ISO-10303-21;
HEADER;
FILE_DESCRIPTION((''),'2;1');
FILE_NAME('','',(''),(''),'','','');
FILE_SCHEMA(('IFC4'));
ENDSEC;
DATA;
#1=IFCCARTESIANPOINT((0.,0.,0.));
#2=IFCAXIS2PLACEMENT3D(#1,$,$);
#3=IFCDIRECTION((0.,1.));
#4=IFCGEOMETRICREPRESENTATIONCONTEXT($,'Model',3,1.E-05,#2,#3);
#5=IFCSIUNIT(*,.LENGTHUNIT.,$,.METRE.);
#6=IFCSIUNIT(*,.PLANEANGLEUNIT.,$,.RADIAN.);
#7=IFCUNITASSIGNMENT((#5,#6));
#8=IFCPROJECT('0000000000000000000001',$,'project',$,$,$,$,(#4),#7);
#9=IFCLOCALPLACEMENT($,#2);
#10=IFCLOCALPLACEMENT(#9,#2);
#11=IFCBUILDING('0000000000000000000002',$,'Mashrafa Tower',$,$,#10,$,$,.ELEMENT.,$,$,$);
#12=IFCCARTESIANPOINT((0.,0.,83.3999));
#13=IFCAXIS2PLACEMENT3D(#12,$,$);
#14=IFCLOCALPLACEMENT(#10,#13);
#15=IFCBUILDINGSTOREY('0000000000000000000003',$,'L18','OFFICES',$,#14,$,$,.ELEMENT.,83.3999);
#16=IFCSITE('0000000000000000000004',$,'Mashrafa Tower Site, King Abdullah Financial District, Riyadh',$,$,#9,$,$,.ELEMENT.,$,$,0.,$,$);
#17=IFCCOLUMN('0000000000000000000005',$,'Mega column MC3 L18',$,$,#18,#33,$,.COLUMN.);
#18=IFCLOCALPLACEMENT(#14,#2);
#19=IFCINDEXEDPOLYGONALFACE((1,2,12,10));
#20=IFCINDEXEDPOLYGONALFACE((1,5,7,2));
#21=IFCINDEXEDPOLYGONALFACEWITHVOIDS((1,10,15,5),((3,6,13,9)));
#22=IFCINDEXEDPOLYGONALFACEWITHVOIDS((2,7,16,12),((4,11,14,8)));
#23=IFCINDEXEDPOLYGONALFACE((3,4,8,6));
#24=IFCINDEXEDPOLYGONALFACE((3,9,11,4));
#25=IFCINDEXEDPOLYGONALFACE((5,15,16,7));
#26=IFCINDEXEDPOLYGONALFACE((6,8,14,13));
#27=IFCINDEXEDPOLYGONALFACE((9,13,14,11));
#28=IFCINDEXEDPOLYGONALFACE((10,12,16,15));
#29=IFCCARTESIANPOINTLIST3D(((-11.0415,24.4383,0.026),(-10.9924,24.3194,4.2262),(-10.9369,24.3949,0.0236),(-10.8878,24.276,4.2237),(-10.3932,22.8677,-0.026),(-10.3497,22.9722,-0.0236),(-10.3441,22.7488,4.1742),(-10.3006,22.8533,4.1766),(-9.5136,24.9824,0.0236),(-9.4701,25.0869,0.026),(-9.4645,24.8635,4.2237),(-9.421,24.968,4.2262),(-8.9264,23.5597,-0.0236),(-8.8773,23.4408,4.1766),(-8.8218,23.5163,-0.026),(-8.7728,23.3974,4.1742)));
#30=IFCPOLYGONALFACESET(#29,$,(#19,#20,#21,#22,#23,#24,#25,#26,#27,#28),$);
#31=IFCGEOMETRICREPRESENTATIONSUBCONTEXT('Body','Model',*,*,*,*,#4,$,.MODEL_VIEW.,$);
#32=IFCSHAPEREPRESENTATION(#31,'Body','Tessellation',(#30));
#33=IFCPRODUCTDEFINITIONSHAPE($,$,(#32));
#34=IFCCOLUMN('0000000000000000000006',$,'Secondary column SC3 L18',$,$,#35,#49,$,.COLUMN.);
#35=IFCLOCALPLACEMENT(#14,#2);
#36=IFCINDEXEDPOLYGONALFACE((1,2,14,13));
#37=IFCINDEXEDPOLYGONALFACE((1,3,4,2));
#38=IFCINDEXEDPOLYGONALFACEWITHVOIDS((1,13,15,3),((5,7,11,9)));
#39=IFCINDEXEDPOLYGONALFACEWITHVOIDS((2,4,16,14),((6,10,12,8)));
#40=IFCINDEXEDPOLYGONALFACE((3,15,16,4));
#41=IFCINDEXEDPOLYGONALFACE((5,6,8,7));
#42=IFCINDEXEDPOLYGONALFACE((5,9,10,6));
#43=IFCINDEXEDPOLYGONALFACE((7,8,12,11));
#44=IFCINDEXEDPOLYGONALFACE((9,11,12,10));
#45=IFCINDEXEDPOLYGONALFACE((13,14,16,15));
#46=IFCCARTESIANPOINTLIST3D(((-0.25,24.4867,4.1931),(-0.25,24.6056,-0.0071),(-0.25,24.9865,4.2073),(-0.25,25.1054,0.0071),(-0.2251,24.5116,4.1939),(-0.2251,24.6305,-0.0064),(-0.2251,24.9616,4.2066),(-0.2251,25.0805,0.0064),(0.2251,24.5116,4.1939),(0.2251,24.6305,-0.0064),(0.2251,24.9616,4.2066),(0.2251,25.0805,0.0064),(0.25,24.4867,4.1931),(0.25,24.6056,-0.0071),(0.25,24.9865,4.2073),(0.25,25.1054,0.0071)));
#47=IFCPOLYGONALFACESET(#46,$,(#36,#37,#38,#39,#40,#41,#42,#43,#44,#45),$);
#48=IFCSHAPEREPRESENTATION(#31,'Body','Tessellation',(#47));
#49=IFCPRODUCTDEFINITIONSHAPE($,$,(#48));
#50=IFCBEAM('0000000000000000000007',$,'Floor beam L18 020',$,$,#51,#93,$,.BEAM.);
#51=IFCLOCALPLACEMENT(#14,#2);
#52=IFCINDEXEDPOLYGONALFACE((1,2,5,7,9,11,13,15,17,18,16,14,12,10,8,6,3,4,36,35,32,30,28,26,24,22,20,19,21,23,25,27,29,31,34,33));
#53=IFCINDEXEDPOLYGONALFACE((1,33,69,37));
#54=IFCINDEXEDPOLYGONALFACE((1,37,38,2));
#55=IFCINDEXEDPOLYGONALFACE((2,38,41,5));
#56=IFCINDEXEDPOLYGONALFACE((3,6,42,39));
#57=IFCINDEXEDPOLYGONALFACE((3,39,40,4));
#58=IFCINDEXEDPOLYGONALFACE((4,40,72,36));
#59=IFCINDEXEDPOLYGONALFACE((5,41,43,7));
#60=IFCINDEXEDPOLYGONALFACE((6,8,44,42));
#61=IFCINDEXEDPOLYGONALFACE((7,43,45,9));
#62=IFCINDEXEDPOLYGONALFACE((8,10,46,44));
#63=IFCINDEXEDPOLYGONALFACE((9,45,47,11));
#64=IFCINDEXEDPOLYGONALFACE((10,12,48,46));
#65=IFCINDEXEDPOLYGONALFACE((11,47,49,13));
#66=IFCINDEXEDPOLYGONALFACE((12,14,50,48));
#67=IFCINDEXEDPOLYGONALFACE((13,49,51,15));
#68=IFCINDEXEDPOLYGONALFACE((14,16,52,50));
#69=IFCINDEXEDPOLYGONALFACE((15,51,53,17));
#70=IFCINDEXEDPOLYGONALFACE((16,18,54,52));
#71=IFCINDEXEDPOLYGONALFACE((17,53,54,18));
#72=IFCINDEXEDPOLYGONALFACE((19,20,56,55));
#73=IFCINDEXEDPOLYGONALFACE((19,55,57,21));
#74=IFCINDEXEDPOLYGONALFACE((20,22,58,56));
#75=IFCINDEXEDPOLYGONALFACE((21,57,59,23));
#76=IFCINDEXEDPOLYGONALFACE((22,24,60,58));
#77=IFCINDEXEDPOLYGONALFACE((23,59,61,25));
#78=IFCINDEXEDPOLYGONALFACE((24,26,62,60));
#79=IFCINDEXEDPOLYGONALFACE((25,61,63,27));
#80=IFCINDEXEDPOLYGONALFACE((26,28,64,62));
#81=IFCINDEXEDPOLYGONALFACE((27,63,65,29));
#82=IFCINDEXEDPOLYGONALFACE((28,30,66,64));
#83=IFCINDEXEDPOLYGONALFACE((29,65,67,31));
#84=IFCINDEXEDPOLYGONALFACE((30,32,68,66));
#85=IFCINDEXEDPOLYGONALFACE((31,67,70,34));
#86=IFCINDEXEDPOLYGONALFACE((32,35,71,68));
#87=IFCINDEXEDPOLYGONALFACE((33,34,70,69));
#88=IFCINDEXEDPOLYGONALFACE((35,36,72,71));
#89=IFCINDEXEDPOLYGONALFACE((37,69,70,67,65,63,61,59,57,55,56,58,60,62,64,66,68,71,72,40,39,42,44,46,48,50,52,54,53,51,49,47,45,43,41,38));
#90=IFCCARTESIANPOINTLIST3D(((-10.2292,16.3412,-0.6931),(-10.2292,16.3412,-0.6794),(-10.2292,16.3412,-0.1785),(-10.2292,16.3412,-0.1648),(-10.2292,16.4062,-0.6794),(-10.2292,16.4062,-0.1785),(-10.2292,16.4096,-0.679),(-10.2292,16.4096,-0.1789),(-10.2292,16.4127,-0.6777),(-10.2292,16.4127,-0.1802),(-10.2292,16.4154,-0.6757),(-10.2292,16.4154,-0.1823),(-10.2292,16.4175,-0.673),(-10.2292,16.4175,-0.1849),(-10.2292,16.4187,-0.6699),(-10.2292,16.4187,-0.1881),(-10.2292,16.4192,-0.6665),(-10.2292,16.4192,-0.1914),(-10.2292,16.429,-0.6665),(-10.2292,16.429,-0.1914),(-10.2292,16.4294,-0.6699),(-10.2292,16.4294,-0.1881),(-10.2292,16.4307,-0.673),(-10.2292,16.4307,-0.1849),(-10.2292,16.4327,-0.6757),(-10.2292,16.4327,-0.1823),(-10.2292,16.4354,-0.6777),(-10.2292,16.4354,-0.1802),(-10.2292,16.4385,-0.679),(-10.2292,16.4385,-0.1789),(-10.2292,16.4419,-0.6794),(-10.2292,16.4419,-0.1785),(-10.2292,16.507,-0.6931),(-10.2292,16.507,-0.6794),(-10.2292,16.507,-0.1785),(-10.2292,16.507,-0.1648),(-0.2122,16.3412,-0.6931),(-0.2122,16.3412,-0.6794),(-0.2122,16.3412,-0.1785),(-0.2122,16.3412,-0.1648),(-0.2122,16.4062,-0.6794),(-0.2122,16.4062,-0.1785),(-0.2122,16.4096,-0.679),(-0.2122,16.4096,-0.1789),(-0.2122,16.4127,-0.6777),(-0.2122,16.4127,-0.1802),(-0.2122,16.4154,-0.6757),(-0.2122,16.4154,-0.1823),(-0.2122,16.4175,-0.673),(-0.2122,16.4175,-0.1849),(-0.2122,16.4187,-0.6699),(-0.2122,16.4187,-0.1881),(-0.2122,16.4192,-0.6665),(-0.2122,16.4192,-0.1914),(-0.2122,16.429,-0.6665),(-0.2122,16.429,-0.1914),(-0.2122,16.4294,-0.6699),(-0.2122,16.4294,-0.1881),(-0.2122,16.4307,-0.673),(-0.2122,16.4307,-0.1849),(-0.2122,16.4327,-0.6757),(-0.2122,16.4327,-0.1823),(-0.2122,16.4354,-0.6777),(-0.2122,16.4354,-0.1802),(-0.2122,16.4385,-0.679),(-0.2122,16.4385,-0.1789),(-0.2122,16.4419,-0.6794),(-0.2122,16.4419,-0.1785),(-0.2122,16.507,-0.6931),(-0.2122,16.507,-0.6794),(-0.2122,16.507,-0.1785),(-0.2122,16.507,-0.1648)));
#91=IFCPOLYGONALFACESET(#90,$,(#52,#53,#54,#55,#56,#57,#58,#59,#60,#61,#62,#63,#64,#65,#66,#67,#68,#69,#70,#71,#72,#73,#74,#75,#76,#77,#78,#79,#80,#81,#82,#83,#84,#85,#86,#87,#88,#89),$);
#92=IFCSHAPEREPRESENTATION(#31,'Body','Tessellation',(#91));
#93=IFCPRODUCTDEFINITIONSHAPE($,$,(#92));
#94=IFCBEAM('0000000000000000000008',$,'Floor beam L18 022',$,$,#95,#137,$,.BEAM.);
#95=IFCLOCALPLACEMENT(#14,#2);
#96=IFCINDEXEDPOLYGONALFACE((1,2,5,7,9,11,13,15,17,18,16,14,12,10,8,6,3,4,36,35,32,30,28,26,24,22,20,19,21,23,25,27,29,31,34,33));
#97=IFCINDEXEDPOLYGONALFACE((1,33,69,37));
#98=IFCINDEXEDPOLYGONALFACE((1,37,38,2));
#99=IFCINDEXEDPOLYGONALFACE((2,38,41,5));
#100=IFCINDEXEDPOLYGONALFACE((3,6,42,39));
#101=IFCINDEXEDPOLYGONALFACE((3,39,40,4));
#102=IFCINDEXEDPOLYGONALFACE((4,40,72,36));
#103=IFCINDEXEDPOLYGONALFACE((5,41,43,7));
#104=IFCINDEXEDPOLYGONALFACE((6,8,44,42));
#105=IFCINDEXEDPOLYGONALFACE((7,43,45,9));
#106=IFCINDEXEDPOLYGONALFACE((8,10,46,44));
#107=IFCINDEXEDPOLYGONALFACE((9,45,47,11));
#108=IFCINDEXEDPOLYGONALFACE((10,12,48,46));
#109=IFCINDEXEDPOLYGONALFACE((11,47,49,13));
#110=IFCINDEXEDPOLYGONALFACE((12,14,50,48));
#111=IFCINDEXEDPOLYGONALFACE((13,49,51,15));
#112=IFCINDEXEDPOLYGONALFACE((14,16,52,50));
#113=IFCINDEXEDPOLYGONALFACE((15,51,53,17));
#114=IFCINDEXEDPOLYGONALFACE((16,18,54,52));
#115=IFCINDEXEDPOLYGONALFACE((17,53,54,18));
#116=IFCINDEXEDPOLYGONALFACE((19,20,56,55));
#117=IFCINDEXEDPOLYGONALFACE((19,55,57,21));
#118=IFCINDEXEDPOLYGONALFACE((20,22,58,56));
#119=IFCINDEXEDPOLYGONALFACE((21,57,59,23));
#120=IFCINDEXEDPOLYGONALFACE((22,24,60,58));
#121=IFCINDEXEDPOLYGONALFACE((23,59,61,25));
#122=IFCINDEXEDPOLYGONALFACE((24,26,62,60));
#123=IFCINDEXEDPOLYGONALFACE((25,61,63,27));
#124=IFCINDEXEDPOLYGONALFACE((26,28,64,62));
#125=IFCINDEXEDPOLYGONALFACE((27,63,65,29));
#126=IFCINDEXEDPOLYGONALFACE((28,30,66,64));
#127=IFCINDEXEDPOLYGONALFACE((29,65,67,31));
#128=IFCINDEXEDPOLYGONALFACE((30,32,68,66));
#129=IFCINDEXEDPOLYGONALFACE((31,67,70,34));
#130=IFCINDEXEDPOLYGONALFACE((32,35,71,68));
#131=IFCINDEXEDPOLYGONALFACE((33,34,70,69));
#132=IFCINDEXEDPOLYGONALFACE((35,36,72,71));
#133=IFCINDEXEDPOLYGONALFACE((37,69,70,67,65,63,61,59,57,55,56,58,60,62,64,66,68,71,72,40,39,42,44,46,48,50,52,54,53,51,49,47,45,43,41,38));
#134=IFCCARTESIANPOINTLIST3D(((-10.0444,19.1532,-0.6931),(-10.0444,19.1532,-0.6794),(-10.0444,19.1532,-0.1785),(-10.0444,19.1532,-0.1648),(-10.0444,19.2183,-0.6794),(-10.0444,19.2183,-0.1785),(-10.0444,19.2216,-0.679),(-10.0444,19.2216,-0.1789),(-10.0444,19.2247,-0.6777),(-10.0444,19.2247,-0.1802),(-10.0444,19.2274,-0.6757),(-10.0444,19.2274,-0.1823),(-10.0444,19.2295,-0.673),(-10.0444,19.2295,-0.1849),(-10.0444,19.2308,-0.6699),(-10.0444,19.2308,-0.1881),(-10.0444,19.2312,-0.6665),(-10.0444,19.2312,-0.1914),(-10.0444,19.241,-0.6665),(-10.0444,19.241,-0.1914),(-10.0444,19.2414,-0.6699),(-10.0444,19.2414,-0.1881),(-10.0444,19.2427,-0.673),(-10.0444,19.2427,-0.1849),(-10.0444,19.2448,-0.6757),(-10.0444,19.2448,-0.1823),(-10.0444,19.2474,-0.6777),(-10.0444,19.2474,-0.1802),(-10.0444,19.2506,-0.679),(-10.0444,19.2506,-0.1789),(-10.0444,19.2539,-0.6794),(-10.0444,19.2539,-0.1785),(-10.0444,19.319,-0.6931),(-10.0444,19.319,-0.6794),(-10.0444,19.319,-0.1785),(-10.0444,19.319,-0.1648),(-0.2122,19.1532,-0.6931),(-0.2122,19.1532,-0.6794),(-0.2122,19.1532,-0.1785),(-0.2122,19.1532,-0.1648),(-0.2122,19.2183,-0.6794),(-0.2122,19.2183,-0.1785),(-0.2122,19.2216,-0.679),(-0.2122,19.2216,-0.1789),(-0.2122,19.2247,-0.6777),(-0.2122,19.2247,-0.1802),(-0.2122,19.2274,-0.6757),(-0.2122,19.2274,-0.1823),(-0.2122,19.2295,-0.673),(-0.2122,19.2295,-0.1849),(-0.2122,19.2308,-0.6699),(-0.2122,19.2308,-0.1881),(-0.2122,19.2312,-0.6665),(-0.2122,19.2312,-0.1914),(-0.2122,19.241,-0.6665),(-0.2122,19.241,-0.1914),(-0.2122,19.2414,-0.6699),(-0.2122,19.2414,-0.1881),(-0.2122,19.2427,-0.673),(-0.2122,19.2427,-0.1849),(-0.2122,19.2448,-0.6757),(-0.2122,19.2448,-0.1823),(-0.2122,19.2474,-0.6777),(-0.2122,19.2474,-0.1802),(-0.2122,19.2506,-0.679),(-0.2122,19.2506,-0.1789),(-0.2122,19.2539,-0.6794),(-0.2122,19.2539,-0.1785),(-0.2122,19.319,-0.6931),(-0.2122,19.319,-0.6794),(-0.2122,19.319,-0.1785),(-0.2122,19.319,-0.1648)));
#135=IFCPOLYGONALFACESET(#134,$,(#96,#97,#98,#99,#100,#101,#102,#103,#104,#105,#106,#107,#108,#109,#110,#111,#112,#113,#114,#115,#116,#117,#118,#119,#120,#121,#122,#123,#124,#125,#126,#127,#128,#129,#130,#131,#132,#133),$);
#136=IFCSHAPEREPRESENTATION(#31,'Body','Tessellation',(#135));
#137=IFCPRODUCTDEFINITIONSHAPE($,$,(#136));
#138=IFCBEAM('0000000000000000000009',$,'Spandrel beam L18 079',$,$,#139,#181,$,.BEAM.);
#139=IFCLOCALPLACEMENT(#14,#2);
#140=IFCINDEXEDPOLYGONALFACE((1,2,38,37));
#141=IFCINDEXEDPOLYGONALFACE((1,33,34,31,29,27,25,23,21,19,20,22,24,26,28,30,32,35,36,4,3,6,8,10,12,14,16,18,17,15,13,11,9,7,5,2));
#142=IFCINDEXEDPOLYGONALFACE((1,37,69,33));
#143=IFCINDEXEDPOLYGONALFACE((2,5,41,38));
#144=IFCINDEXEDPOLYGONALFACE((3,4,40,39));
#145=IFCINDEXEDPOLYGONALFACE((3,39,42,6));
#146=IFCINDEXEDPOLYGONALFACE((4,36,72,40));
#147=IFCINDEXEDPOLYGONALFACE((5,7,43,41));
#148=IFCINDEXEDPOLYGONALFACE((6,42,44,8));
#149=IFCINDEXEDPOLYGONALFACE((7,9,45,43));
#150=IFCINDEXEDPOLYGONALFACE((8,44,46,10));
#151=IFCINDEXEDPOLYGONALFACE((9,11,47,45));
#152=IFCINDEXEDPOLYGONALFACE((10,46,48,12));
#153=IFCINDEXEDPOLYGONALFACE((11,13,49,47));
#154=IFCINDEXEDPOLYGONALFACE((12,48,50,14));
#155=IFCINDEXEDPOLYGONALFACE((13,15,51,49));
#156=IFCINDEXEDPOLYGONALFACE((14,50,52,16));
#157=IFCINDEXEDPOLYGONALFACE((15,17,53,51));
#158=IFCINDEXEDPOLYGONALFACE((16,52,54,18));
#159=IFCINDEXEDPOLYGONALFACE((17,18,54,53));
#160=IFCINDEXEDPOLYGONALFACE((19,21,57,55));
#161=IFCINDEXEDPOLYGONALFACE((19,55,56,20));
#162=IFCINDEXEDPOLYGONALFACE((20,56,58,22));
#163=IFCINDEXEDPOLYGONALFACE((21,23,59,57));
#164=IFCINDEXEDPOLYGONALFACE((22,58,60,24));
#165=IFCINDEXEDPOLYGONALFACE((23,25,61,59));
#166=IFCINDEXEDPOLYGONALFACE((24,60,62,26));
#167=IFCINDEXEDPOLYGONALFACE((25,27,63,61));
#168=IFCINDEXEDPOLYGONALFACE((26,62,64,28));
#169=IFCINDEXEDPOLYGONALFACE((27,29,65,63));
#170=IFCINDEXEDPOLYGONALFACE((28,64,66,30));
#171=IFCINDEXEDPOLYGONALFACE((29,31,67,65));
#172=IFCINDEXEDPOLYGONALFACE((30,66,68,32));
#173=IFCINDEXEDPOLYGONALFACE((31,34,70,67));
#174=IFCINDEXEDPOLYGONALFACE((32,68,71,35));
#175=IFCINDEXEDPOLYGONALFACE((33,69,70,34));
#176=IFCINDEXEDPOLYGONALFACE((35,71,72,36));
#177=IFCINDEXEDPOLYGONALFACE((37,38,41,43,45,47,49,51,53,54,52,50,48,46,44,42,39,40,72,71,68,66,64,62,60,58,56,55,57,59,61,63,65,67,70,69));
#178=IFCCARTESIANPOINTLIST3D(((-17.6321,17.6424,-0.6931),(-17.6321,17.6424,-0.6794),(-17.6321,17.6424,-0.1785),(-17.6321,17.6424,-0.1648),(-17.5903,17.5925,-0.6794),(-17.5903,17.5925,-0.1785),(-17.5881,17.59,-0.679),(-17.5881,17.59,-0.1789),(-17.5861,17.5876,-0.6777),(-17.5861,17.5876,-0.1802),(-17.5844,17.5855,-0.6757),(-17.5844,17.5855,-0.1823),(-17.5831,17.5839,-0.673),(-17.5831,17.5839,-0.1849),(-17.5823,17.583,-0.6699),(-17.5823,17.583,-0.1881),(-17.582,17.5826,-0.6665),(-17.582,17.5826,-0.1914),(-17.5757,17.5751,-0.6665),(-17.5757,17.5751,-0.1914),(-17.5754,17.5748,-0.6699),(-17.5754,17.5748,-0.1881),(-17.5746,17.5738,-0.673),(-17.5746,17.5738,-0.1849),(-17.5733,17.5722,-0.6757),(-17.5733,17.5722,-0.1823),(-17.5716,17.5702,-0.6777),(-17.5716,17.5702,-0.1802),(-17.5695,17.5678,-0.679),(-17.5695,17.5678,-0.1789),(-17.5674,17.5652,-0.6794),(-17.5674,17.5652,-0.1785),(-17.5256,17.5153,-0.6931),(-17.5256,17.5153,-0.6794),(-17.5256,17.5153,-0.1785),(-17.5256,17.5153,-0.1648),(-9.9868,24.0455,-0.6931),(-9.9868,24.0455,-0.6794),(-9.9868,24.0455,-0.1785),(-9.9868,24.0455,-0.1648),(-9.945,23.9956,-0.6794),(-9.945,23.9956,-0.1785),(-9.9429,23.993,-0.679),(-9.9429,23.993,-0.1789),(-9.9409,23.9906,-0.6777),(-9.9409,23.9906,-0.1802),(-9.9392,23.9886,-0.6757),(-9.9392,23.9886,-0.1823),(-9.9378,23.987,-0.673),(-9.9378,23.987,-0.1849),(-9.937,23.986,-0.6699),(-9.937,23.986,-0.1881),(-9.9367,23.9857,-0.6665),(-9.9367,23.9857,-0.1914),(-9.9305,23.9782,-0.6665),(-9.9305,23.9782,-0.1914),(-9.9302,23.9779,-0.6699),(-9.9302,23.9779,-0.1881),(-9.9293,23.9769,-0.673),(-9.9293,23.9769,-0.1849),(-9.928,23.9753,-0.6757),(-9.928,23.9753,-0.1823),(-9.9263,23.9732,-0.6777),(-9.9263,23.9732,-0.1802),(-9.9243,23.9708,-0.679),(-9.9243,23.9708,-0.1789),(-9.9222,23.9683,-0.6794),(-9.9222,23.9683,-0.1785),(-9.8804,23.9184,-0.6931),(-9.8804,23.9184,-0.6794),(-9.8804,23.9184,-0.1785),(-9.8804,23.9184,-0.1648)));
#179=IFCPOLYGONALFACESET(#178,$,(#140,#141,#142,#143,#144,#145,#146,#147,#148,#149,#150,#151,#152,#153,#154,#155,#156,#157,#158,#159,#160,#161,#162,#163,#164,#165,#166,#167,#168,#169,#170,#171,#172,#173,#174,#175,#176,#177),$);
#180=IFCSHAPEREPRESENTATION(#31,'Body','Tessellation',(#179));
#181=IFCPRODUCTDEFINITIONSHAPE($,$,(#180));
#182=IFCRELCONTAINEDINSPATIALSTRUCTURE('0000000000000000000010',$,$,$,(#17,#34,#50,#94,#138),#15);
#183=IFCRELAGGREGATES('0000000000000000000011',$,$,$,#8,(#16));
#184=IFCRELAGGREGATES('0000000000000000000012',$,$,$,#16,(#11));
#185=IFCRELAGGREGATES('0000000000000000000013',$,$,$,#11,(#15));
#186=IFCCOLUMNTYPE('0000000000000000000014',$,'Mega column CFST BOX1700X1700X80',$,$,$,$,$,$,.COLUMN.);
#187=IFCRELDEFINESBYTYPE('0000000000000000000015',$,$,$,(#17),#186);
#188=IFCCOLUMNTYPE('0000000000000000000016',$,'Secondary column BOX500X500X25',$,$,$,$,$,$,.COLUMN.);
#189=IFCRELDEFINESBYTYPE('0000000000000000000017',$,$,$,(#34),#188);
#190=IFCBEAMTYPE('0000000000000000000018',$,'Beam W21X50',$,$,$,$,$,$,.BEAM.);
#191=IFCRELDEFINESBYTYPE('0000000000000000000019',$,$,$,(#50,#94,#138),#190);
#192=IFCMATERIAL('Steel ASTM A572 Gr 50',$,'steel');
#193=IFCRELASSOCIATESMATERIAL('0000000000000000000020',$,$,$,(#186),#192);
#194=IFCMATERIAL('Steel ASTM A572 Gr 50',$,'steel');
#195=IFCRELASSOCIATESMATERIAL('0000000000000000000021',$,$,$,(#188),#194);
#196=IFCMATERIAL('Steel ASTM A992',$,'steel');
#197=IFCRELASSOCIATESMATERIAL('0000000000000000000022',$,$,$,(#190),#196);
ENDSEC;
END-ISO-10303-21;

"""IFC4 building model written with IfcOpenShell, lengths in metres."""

from ifc_helpers import new_model, si_unit, direction, frame, origin, origin_2d, place, context, subcontext, project, spatial, hollow_rectangle, i_section, extrude, material, material_profile, profile_set, type_object, element, save


model = new_model("IFC4")

# Units and contexts
model_context = context("Model", 3, precision=1e-05, world=origin(), true_north=direction((0.0, 1.0)))
body_context = subcontext(model_context, "Body", "Model", "MODEL_VIEW")
ifc_project = project(units=[si_unit("LENGTHUNIT", "METRE"), si_unit("PLANEANGLEUNIT", "RADIAN")], contexts=[model_context])

# Site, building, storey
site_placement = place(None, origin())
site = spatial("IfcSite", under=ifc_project, at=site_placement, Name="Mashrafa Tower Site, King Abdullah Financial District, Riyadh", CompositionType="ELEMENT", RefElevation=0.0)
building_placement = place(site_placement, origin())
building = spatial("IfcBuilding", under=site, at=building_placement, Name="Mashrafa Tower", CompositionType="ELEMENT")
storey_placement = place(building_placement, frame((0.0, 0.0, 83.3999)))
storey = spatial("IfcBuildingStorey", under=building, at=storey_placement, Name="L18", Description="OFFICES", CompositionType="ELEMENT", Elevation=83.3999)

# Columns
ifc_material_1 = material(Name="Steel ASTM A572 Gr 50", Category="steel")
ifc_material_profile_1 = material_profile(ifc_material_1, hollow_rectangle(XDim=1.7, YDim=1.7, WallThickness=0.0801, at=origin_2d()), Name="BOX1700X1700X80")
ifc_profile_set_1 = profile_set([ifc_material_profile_1], Name="Steel ASTM A572 Gr 50")
column_type_1 = type_object("IfcColumnType", Name="Mega column CFST BOX1700X1700X80", PredefinedType="COLUMN", material=ifc_profile_set_1)
column_1_placement = place(storey_placement, frame((-9.9316, 23.9773, 0.0), z_axis=(0.011678, -0.028294, 0.999531), x_axis=(0.924363, 0.381513, 0.0)))
element("IfcColumn", 1, at=column_1_placement, inside=storey, type_object=column_type_1, Name="Mega column MC3 L18", PredefinedType="COLUMN", context=body_context, shape_type="SweptSolid", body=[
    extrude(hollow_rectangle(XDim=1.7, YDim=1.7, WallThickness=0.0801, at=origin_2d()), origin(), (0.0, 0.0, 1.0), 4.2021),
])
ifc_material_2 = material(Name="Steel ASTM A572 Gr 50", Category="steel")
ifc_material_profile_2 = material_profile(ifc_material_2, hollow_rectangle(XDim=0.5, YDim=0.5, WallThickness=0.0249, at=origin_2d()), Name="BOX500X500X25")
ifc_profile_set_2 = profile_set([ifc_material_profile_2], Name="Steel ASTM A572 Gr 50")
column_type_2 = type_object("IfcColumnType", Name="Secondary column BOX500X500X25", PredefinedType="COLUMN", material=ifc_profile_set_2)
column_2_placement = place(storey_placement, frame((0.0, 24.8555, 0.0), z_axis=(0.0, -0.028296, 0.9996), x_axis=(1.0, 0.0, 0.0)))
element("IfcColumn", 2, at=column_2_placement, inside=storey, type_object=column_type_2, Name="Secondary column SC3 L18", PredefinedType="COLUMN", context=body_context, shape_type="SweptSolid", body=[
    extrude(hollow_rectangle(XDim=0.5, YDim=0.5, WallThickness=0.0249, at=origin_2d()), origin(), (0.0, 0.0, 1.0), 4.2019),
])

# Beams
ifc_material_3 = material(Name="Steel ASTM A992", Category="steel")
ifc_material_profile_3 = material_profile(ifc_material_3, i_section(OverallWidth=0.1658, OverallDepth=0.5283, WebThickness=0.0098, FlangeThickness=0.0137, FilletRadius=0.0129, at=origin_2d()), Name="W21X50")
ifc_profile_set_3 = profile_set([ifc_material_profile_3], Name="Steel ASTM A992")
beam_type_1 = type_object("IfcBeamType", Name="Beam W21X50", PredefinedType="BEAM", material=ifc_profile_set_3)
beam_1_placement = place(storey_placement, frame((-10.2292, 16.4241, -0.429), z_axis=(1.0, 0.0, 0.0), x_axis=(0.0, 1.0, 0.0)))
element("IfcBeam", 3, at=beam_1_placement, inside=storey, type_object=beam_type_1, Name="Floor beam L18 020", PredefinedType="BEAM", context=body_context, shape_type="SweptSolid", body=[
    extrude(i_section(OverallWidth=0.1658, OverallDepth=0.5283, WebThickness=0.0098, FlangeThickness=0.0137, FilletRadius=0.0129, at=origin_2d()), origin(), (0.0, 0.0, 1.0), 10.0171),
])
beam_2_placement = place(storey_placement, frame((-10.0444, 19.2361, -0.429), z_axis=(1.0, 0.0, 0.0), x_axis=(0.0, 1.0, 0.0)))
element("IfcBeam", 4, at=beam_2_placement, inside=storey, type_object=beam_type_1, Name="Floor beam L18 022", PredefinedType="BEAM", context=body_context, shape_type="SweptSolid", body=[
    extrude(i_section(OverallWidth=0.1658, OverallDepth=0.5283, WebThickness=0.0098, FlangeThickness=0.0137, FilletRadius=0.0129, at=origin_2d()), origin(), (0.0, 0.0, 1.0), 9.8323),
])
beam_3_placement = place(storey_placement, frame((-9.9336, 23.9819, -0.429), z_axis=(-0.76664, -0.642078, 0.0), x_axis=(0.642078, -0.76664, 0.0)))
element("IfcBeam", 5, at=beam_3_placement, inside=storey, type_object=beam_type_1, Name="Spandrel beam L18 079", PredefinedType="BEAM", context=body_context, shape_type="SweptSolid", body=[
    extrude(i_section(OverallWidth=0.1658, OverallDepth=0.5283, WebThickness=0.0098, FlangeThickness=0.0137, FilletRadius=0.0129, at=origin_2d()), origin(), (0.0, 0.0, 1.0), 9.9724),
])

save(model, "model.ifc")
